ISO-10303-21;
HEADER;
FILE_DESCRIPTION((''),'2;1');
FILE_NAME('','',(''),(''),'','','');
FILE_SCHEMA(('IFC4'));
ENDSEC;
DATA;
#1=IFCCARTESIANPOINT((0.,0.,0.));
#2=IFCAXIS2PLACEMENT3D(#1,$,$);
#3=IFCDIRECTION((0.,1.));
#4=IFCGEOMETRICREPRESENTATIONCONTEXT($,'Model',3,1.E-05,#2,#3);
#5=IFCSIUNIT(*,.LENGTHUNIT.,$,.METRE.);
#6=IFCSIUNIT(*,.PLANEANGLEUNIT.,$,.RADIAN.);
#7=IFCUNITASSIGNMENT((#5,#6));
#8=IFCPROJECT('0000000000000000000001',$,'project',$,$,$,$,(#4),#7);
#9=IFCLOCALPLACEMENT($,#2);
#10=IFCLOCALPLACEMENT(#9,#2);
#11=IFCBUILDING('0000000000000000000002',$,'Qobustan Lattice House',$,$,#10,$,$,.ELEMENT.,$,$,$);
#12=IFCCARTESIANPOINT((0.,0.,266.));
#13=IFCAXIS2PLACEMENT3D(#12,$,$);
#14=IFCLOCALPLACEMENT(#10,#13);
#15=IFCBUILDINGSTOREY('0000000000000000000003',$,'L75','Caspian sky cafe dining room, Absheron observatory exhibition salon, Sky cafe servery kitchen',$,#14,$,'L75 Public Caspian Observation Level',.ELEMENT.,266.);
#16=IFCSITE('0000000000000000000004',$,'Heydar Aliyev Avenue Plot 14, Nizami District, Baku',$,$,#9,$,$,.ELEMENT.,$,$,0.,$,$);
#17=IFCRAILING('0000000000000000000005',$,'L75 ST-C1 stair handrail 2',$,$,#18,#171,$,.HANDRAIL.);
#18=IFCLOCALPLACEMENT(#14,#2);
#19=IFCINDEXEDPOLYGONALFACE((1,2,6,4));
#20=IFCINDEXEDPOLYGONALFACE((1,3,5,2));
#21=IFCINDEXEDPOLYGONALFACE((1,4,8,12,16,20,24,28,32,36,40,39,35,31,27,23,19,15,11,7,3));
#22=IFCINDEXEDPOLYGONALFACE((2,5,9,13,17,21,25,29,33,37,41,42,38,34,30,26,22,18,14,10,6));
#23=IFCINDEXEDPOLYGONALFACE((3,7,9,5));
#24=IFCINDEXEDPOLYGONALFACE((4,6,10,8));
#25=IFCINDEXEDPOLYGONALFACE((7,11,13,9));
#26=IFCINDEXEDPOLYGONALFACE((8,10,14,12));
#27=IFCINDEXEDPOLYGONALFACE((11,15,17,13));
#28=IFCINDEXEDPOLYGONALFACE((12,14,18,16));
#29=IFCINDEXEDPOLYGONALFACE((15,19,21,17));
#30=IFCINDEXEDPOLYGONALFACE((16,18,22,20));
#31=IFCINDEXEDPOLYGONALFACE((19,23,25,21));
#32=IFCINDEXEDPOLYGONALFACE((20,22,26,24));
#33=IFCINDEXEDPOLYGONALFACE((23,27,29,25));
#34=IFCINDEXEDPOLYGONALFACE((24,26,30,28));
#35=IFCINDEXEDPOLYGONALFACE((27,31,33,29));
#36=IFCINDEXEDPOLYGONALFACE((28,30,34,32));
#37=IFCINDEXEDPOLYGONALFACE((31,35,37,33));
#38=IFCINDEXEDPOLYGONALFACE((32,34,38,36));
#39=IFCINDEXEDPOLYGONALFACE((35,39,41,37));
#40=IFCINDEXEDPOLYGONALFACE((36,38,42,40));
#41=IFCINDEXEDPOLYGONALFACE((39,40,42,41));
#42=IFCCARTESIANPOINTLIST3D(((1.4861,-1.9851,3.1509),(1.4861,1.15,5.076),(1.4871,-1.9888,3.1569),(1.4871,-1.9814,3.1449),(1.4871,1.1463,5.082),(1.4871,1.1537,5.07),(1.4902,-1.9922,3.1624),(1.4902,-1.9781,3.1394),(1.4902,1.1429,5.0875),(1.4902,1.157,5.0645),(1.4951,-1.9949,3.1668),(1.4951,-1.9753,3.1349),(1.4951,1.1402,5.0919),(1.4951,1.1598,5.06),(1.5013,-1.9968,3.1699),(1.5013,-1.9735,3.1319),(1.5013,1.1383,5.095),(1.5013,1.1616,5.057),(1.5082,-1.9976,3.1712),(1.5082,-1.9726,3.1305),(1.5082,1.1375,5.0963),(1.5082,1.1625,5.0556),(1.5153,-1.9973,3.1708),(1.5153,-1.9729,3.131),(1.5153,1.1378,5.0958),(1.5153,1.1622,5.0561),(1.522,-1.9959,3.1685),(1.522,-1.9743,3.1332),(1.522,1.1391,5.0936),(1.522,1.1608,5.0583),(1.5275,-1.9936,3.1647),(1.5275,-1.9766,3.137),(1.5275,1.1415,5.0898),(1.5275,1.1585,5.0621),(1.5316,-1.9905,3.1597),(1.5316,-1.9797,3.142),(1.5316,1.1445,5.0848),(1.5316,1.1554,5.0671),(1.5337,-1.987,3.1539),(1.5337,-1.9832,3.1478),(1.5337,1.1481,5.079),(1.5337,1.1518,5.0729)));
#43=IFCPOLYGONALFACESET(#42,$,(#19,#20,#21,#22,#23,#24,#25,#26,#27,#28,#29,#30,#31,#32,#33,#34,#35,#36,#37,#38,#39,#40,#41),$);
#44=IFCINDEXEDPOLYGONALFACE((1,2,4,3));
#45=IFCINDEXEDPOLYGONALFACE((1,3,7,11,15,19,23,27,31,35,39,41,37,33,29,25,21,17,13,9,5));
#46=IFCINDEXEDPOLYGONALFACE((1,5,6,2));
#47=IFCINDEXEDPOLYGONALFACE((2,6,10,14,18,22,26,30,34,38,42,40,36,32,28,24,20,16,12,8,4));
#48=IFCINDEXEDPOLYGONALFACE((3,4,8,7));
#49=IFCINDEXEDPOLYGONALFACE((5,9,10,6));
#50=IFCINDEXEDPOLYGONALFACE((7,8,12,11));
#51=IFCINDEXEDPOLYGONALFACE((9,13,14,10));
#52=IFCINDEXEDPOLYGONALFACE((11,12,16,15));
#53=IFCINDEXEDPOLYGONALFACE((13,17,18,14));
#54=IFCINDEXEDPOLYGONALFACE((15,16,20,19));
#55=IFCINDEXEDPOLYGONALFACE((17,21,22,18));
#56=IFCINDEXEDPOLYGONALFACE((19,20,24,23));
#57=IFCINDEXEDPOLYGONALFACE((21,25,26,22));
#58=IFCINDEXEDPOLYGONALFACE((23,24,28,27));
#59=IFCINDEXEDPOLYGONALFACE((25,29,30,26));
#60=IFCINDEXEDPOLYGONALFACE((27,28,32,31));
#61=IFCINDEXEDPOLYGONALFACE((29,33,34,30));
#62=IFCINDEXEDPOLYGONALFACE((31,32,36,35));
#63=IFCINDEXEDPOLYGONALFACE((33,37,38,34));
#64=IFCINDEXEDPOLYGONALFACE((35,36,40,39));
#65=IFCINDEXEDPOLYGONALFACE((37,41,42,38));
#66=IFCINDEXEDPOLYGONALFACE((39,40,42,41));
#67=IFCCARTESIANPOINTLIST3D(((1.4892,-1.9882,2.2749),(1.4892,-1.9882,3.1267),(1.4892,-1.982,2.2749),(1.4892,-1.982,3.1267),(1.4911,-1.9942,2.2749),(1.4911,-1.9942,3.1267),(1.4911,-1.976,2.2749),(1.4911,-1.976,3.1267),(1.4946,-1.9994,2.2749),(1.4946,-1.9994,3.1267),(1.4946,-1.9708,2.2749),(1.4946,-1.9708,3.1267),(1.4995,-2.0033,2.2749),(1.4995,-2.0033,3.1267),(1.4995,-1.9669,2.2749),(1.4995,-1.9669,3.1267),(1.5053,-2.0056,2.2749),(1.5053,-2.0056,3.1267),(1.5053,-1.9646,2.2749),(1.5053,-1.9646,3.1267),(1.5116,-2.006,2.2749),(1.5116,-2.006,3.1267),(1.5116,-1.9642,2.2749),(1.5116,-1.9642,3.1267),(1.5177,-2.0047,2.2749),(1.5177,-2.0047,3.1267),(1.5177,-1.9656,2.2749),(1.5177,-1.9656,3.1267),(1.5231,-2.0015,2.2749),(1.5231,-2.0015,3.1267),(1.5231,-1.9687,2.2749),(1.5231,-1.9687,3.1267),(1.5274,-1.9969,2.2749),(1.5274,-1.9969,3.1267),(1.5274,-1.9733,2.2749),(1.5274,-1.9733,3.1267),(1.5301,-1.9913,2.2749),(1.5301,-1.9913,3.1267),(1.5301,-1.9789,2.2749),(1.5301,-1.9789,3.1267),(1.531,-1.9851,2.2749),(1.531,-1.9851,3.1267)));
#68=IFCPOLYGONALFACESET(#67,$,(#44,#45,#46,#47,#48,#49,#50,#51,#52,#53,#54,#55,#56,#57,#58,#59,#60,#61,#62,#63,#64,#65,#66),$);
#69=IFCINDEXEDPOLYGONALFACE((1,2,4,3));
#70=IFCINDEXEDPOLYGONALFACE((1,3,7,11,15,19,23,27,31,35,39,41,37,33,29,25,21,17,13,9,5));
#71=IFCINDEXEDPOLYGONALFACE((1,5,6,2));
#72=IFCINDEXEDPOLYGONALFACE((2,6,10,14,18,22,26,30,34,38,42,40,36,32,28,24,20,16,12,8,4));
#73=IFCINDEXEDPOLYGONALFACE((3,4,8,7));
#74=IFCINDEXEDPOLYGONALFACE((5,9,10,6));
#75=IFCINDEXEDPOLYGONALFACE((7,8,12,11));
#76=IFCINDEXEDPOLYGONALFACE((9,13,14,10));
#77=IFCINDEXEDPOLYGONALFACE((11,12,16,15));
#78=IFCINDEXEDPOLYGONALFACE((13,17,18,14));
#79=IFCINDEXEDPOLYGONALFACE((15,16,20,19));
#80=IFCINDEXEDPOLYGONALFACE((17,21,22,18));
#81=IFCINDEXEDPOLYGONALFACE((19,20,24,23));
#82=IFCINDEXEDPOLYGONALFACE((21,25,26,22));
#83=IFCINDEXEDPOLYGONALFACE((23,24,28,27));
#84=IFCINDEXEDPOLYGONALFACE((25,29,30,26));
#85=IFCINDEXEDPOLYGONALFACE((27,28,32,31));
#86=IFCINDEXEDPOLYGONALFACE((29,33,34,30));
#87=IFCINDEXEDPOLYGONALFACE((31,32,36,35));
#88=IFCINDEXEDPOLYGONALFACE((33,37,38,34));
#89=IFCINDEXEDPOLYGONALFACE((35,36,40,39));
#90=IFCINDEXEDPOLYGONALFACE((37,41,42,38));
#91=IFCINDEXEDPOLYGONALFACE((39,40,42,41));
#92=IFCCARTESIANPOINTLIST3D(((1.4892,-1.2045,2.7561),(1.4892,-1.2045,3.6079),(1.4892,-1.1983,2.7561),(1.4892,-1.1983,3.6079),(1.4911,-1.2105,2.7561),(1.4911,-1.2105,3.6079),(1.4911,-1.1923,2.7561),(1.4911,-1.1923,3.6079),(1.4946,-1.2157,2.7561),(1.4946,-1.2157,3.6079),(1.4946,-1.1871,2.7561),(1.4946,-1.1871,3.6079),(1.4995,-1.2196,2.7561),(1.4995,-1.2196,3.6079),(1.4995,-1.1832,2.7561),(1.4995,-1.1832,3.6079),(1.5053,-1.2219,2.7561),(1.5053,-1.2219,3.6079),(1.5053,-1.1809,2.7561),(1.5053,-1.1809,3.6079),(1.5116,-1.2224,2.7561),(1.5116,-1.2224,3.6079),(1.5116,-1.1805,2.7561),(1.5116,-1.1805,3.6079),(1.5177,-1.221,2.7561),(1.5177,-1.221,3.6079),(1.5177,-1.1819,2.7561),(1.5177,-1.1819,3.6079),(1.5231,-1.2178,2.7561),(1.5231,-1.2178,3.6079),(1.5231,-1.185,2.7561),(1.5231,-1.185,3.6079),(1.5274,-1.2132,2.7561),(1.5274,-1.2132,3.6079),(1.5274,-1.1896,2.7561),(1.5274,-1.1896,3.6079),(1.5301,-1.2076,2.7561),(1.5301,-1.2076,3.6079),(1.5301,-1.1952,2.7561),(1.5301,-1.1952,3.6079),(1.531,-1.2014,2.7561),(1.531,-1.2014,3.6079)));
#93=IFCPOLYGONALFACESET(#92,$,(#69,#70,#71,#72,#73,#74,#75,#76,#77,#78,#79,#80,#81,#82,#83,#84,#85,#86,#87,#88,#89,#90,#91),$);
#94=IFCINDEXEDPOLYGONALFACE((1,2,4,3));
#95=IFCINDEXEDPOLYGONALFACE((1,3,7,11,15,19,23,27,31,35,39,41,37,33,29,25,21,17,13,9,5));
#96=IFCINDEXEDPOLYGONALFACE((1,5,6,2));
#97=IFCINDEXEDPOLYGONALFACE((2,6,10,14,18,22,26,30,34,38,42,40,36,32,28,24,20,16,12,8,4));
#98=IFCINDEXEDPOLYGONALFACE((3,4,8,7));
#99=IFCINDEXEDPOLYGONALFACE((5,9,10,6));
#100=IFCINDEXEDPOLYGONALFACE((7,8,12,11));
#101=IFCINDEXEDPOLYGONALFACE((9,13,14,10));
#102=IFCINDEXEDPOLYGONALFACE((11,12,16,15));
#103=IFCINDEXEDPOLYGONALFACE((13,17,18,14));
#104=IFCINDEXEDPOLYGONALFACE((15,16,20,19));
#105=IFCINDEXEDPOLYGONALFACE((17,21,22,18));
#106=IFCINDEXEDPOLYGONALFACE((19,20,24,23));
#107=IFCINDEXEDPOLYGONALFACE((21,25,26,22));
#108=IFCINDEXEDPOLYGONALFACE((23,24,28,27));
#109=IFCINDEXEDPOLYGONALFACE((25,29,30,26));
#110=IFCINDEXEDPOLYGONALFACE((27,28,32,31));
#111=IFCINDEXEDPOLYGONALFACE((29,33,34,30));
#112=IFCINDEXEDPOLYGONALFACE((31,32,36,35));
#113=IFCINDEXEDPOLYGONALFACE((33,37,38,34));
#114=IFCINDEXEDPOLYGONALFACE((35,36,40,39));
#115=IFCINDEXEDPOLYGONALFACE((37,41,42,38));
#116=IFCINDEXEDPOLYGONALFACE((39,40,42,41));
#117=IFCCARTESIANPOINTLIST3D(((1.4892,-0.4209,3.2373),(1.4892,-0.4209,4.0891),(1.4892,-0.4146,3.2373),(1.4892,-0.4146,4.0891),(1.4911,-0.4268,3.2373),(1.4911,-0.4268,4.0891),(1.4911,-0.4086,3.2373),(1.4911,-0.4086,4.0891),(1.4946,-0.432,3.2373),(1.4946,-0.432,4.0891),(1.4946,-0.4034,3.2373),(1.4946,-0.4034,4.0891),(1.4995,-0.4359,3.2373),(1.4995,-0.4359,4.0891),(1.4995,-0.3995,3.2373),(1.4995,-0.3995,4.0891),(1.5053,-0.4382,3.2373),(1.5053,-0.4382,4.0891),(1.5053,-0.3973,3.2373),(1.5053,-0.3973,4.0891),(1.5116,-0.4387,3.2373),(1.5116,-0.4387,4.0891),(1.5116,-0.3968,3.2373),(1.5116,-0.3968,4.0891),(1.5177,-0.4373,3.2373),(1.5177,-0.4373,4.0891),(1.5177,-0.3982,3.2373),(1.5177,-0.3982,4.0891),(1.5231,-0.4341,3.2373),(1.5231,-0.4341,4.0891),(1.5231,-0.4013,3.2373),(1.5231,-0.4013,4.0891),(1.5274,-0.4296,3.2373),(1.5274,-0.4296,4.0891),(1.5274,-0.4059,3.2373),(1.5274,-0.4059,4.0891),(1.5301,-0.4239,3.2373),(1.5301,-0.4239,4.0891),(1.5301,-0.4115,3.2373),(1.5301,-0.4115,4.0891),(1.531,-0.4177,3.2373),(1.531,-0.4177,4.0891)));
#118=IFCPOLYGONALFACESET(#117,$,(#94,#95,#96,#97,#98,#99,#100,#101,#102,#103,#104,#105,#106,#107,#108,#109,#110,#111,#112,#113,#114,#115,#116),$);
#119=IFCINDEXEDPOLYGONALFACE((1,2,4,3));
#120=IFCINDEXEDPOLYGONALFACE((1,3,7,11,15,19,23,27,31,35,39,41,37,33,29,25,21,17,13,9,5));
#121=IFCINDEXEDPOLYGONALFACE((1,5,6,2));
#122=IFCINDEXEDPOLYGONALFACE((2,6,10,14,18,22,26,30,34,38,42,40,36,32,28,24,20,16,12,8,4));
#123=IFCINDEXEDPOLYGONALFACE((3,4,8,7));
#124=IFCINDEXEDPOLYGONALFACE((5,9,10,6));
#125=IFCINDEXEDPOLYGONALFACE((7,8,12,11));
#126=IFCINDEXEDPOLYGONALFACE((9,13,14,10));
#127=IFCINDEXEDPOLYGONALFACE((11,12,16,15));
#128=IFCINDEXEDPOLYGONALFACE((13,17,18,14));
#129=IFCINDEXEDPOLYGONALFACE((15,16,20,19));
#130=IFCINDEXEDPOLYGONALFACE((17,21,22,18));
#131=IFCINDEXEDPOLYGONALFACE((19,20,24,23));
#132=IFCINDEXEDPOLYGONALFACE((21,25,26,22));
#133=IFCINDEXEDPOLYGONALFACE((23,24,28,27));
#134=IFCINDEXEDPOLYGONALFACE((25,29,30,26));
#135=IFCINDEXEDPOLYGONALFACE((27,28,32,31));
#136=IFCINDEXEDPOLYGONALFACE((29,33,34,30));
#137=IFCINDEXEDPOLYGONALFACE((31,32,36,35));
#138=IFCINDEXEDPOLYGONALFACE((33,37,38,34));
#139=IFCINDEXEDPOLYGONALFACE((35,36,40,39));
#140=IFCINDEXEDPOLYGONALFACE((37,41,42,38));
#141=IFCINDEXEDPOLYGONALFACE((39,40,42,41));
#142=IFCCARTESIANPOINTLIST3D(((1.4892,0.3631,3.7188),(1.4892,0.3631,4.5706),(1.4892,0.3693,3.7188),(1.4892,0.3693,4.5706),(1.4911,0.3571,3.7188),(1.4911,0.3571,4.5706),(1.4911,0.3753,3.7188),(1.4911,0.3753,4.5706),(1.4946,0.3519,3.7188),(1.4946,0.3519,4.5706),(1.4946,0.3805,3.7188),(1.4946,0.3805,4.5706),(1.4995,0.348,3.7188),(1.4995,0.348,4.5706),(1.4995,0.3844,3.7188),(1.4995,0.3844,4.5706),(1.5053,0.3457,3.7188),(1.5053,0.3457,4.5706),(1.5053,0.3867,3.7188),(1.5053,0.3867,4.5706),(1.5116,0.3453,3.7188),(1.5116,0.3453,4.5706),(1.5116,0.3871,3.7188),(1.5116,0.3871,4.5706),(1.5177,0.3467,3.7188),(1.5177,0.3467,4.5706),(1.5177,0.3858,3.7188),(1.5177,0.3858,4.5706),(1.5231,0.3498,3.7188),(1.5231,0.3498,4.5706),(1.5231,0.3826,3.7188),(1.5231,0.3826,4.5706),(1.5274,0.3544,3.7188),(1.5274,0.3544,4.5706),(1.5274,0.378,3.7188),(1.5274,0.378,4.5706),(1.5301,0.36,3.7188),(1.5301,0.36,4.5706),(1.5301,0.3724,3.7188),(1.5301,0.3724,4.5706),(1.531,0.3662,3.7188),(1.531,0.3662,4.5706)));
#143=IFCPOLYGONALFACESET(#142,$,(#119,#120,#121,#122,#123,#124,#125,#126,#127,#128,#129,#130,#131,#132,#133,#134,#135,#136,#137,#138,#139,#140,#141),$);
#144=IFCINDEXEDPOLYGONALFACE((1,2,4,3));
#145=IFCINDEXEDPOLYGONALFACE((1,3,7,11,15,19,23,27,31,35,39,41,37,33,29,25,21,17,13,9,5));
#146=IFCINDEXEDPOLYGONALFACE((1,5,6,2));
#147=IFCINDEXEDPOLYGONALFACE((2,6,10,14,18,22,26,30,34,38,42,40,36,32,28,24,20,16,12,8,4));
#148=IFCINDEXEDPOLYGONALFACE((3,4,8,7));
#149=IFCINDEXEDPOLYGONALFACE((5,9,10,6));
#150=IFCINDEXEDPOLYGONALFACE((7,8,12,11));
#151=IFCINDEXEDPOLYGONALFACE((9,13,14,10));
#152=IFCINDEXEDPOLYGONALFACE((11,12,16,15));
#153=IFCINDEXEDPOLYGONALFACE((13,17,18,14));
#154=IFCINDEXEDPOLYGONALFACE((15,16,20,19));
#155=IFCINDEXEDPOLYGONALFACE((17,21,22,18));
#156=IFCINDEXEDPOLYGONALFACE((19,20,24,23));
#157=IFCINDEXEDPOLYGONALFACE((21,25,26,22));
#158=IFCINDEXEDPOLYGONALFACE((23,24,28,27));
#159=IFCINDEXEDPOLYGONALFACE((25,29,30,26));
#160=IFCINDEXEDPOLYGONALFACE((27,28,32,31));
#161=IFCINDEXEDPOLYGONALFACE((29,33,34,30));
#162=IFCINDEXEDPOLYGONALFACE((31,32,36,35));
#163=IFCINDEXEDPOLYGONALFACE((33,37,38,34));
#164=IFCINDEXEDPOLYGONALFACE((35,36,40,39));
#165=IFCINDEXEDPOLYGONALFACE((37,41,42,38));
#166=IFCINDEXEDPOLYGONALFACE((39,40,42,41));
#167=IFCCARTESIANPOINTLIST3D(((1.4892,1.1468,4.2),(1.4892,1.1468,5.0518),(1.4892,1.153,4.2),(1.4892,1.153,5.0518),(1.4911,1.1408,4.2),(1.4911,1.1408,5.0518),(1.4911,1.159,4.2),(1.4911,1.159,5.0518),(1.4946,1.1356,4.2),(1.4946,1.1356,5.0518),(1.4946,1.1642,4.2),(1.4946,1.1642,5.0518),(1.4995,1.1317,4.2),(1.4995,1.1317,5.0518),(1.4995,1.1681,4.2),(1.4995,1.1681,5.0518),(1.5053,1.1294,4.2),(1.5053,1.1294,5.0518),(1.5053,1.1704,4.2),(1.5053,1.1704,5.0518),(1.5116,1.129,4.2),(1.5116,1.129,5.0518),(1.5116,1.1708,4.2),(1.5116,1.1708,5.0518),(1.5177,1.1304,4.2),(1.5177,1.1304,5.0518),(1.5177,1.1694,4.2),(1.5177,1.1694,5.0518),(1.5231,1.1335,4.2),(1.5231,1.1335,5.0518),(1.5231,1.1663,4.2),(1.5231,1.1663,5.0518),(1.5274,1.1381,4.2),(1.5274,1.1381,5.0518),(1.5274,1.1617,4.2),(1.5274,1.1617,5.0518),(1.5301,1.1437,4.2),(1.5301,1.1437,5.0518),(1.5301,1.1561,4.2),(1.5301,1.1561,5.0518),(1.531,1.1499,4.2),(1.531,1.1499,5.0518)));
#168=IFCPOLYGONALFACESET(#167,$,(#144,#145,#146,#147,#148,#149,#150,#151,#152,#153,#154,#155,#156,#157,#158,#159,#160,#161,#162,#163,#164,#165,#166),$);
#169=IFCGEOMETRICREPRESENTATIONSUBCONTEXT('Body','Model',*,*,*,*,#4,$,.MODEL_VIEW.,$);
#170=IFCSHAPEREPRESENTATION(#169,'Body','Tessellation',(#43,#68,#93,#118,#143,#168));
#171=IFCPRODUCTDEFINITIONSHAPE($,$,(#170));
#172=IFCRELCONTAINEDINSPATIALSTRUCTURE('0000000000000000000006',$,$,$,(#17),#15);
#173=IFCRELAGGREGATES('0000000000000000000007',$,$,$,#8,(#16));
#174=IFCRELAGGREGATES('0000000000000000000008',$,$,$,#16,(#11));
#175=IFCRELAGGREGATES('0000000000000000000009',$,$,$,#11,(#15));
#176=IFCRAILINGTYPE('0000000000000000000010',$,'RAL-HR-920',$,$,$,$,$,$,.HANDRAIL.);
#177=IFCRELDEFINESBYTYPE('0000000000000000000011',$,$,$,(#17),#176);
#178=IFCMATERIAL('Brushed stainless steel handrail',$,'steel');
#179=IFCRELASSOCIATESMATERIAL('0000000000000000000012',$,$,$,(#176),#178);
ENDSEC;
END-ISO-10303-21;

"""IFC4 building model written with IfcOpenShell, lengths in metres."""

from ifc_helpers import new_model, si_unit, direction, frame, origin, origin_2d, place, context, subcontext, project, spatial, circle, extrude, material, type_object, element, save


model = new_model("IFC4")

# Units and contexts
model_context = context("Model", 3, precision=1e-05, world=origin(), true_north=direction((0.0, 1.0)))
body_context = subcontext(model_context, "Body", "Model", "MODEL_VIEW")
ifc_project = project(units=[si_unit("LENGTHUNIT", "METRE"), si_unit("PLANEANGLEUNIT", "RADIAN")], contexts=[model_context])

# Site, building, storey
site_placement = place(None, origin())
site = spatial("IfcSite", under=ifc_project, at=site_placement, Name="Heydar Aliyev Avenue Plot 14, Nizami District, Baku", CompositionType="ELEMENT", RefElevation=0.0)
building_placement = place(site_placement, origin())
building = spatial("IfcBuilding", under=site, at=building_placement, Name="Qobustan Lattice House", CompositionType="ELEMENT")
storey_placement = place(building_placement, frame((0.0, 0.0, 266.0)))
storey = spatial("IfcBuildingStorey", under=building, at=storey_placement, Name="L75", Description="Caspian sky cafe dining room, Absheron observatory exhibition salon, Sky cafe servery kitchen", LongName="L75 Public Caspian Observation Level", CompositionType="ELEMENT", Elevation=266.0)

# Railing
ifc_material_1 = material(Name="Brushed stainless steel handrail", Category="steel")
railing_type_1 = type_object("IfcRailingType", Name="RAL-HR-920", PredefinedType="HANDRAIL", material=ifc_material_1)
railing_1_placement = place(storey_placement, frame((1.51, -1.9851, 2.2749)))
element("IfcRailing", 1, at=railing_1_placement, inside=storey, type_object=railing_type_1, Name="L75 ST-C1 stair handrail 2", PredefinedType="HANDRAIL", context=body_context, shape_type="SweptSolid", body=[
    extrude(circle(Radius=0.0239, at=origin_2d()), frame((0.0, 0.0, 0.876), z_axis=(0.0, 0.852166, 0.523271), x_axis=(-1.0, 0.0, 0.0)), (0.0, 0.0, 1.0), 3.679),
    extrude(circle(Radius=0.021, at=origin_2d()), origin(), (0.0, 0.0, 1.0), 0.8518),
    extrude(circle(Radius=0.021, at=origin_2d()), frame((0.0, 0.7837, 0.4812)), (0.0, 0.0, 1.0), 0.8518),
    extrude(circle(Radius=0.021, at=origin_2d()), frame((0.0, 1.5674, 0.9624)), (0.0, 0.0, 1.0), 0.8518),
    extrude(circle(Radius=0.021, at=origin_2d()), frame((0.0, 2.3513, 1.4438)), (0.0, 0.0, 1.0), 0.8518),
    extrude(circle(Radius=0.021, at=origin_2d()), frame((0.0, 3.135, 1.925)), (0.0, 0.0, 1.0), 0.8518),
])

save(model, "model.ifc")
